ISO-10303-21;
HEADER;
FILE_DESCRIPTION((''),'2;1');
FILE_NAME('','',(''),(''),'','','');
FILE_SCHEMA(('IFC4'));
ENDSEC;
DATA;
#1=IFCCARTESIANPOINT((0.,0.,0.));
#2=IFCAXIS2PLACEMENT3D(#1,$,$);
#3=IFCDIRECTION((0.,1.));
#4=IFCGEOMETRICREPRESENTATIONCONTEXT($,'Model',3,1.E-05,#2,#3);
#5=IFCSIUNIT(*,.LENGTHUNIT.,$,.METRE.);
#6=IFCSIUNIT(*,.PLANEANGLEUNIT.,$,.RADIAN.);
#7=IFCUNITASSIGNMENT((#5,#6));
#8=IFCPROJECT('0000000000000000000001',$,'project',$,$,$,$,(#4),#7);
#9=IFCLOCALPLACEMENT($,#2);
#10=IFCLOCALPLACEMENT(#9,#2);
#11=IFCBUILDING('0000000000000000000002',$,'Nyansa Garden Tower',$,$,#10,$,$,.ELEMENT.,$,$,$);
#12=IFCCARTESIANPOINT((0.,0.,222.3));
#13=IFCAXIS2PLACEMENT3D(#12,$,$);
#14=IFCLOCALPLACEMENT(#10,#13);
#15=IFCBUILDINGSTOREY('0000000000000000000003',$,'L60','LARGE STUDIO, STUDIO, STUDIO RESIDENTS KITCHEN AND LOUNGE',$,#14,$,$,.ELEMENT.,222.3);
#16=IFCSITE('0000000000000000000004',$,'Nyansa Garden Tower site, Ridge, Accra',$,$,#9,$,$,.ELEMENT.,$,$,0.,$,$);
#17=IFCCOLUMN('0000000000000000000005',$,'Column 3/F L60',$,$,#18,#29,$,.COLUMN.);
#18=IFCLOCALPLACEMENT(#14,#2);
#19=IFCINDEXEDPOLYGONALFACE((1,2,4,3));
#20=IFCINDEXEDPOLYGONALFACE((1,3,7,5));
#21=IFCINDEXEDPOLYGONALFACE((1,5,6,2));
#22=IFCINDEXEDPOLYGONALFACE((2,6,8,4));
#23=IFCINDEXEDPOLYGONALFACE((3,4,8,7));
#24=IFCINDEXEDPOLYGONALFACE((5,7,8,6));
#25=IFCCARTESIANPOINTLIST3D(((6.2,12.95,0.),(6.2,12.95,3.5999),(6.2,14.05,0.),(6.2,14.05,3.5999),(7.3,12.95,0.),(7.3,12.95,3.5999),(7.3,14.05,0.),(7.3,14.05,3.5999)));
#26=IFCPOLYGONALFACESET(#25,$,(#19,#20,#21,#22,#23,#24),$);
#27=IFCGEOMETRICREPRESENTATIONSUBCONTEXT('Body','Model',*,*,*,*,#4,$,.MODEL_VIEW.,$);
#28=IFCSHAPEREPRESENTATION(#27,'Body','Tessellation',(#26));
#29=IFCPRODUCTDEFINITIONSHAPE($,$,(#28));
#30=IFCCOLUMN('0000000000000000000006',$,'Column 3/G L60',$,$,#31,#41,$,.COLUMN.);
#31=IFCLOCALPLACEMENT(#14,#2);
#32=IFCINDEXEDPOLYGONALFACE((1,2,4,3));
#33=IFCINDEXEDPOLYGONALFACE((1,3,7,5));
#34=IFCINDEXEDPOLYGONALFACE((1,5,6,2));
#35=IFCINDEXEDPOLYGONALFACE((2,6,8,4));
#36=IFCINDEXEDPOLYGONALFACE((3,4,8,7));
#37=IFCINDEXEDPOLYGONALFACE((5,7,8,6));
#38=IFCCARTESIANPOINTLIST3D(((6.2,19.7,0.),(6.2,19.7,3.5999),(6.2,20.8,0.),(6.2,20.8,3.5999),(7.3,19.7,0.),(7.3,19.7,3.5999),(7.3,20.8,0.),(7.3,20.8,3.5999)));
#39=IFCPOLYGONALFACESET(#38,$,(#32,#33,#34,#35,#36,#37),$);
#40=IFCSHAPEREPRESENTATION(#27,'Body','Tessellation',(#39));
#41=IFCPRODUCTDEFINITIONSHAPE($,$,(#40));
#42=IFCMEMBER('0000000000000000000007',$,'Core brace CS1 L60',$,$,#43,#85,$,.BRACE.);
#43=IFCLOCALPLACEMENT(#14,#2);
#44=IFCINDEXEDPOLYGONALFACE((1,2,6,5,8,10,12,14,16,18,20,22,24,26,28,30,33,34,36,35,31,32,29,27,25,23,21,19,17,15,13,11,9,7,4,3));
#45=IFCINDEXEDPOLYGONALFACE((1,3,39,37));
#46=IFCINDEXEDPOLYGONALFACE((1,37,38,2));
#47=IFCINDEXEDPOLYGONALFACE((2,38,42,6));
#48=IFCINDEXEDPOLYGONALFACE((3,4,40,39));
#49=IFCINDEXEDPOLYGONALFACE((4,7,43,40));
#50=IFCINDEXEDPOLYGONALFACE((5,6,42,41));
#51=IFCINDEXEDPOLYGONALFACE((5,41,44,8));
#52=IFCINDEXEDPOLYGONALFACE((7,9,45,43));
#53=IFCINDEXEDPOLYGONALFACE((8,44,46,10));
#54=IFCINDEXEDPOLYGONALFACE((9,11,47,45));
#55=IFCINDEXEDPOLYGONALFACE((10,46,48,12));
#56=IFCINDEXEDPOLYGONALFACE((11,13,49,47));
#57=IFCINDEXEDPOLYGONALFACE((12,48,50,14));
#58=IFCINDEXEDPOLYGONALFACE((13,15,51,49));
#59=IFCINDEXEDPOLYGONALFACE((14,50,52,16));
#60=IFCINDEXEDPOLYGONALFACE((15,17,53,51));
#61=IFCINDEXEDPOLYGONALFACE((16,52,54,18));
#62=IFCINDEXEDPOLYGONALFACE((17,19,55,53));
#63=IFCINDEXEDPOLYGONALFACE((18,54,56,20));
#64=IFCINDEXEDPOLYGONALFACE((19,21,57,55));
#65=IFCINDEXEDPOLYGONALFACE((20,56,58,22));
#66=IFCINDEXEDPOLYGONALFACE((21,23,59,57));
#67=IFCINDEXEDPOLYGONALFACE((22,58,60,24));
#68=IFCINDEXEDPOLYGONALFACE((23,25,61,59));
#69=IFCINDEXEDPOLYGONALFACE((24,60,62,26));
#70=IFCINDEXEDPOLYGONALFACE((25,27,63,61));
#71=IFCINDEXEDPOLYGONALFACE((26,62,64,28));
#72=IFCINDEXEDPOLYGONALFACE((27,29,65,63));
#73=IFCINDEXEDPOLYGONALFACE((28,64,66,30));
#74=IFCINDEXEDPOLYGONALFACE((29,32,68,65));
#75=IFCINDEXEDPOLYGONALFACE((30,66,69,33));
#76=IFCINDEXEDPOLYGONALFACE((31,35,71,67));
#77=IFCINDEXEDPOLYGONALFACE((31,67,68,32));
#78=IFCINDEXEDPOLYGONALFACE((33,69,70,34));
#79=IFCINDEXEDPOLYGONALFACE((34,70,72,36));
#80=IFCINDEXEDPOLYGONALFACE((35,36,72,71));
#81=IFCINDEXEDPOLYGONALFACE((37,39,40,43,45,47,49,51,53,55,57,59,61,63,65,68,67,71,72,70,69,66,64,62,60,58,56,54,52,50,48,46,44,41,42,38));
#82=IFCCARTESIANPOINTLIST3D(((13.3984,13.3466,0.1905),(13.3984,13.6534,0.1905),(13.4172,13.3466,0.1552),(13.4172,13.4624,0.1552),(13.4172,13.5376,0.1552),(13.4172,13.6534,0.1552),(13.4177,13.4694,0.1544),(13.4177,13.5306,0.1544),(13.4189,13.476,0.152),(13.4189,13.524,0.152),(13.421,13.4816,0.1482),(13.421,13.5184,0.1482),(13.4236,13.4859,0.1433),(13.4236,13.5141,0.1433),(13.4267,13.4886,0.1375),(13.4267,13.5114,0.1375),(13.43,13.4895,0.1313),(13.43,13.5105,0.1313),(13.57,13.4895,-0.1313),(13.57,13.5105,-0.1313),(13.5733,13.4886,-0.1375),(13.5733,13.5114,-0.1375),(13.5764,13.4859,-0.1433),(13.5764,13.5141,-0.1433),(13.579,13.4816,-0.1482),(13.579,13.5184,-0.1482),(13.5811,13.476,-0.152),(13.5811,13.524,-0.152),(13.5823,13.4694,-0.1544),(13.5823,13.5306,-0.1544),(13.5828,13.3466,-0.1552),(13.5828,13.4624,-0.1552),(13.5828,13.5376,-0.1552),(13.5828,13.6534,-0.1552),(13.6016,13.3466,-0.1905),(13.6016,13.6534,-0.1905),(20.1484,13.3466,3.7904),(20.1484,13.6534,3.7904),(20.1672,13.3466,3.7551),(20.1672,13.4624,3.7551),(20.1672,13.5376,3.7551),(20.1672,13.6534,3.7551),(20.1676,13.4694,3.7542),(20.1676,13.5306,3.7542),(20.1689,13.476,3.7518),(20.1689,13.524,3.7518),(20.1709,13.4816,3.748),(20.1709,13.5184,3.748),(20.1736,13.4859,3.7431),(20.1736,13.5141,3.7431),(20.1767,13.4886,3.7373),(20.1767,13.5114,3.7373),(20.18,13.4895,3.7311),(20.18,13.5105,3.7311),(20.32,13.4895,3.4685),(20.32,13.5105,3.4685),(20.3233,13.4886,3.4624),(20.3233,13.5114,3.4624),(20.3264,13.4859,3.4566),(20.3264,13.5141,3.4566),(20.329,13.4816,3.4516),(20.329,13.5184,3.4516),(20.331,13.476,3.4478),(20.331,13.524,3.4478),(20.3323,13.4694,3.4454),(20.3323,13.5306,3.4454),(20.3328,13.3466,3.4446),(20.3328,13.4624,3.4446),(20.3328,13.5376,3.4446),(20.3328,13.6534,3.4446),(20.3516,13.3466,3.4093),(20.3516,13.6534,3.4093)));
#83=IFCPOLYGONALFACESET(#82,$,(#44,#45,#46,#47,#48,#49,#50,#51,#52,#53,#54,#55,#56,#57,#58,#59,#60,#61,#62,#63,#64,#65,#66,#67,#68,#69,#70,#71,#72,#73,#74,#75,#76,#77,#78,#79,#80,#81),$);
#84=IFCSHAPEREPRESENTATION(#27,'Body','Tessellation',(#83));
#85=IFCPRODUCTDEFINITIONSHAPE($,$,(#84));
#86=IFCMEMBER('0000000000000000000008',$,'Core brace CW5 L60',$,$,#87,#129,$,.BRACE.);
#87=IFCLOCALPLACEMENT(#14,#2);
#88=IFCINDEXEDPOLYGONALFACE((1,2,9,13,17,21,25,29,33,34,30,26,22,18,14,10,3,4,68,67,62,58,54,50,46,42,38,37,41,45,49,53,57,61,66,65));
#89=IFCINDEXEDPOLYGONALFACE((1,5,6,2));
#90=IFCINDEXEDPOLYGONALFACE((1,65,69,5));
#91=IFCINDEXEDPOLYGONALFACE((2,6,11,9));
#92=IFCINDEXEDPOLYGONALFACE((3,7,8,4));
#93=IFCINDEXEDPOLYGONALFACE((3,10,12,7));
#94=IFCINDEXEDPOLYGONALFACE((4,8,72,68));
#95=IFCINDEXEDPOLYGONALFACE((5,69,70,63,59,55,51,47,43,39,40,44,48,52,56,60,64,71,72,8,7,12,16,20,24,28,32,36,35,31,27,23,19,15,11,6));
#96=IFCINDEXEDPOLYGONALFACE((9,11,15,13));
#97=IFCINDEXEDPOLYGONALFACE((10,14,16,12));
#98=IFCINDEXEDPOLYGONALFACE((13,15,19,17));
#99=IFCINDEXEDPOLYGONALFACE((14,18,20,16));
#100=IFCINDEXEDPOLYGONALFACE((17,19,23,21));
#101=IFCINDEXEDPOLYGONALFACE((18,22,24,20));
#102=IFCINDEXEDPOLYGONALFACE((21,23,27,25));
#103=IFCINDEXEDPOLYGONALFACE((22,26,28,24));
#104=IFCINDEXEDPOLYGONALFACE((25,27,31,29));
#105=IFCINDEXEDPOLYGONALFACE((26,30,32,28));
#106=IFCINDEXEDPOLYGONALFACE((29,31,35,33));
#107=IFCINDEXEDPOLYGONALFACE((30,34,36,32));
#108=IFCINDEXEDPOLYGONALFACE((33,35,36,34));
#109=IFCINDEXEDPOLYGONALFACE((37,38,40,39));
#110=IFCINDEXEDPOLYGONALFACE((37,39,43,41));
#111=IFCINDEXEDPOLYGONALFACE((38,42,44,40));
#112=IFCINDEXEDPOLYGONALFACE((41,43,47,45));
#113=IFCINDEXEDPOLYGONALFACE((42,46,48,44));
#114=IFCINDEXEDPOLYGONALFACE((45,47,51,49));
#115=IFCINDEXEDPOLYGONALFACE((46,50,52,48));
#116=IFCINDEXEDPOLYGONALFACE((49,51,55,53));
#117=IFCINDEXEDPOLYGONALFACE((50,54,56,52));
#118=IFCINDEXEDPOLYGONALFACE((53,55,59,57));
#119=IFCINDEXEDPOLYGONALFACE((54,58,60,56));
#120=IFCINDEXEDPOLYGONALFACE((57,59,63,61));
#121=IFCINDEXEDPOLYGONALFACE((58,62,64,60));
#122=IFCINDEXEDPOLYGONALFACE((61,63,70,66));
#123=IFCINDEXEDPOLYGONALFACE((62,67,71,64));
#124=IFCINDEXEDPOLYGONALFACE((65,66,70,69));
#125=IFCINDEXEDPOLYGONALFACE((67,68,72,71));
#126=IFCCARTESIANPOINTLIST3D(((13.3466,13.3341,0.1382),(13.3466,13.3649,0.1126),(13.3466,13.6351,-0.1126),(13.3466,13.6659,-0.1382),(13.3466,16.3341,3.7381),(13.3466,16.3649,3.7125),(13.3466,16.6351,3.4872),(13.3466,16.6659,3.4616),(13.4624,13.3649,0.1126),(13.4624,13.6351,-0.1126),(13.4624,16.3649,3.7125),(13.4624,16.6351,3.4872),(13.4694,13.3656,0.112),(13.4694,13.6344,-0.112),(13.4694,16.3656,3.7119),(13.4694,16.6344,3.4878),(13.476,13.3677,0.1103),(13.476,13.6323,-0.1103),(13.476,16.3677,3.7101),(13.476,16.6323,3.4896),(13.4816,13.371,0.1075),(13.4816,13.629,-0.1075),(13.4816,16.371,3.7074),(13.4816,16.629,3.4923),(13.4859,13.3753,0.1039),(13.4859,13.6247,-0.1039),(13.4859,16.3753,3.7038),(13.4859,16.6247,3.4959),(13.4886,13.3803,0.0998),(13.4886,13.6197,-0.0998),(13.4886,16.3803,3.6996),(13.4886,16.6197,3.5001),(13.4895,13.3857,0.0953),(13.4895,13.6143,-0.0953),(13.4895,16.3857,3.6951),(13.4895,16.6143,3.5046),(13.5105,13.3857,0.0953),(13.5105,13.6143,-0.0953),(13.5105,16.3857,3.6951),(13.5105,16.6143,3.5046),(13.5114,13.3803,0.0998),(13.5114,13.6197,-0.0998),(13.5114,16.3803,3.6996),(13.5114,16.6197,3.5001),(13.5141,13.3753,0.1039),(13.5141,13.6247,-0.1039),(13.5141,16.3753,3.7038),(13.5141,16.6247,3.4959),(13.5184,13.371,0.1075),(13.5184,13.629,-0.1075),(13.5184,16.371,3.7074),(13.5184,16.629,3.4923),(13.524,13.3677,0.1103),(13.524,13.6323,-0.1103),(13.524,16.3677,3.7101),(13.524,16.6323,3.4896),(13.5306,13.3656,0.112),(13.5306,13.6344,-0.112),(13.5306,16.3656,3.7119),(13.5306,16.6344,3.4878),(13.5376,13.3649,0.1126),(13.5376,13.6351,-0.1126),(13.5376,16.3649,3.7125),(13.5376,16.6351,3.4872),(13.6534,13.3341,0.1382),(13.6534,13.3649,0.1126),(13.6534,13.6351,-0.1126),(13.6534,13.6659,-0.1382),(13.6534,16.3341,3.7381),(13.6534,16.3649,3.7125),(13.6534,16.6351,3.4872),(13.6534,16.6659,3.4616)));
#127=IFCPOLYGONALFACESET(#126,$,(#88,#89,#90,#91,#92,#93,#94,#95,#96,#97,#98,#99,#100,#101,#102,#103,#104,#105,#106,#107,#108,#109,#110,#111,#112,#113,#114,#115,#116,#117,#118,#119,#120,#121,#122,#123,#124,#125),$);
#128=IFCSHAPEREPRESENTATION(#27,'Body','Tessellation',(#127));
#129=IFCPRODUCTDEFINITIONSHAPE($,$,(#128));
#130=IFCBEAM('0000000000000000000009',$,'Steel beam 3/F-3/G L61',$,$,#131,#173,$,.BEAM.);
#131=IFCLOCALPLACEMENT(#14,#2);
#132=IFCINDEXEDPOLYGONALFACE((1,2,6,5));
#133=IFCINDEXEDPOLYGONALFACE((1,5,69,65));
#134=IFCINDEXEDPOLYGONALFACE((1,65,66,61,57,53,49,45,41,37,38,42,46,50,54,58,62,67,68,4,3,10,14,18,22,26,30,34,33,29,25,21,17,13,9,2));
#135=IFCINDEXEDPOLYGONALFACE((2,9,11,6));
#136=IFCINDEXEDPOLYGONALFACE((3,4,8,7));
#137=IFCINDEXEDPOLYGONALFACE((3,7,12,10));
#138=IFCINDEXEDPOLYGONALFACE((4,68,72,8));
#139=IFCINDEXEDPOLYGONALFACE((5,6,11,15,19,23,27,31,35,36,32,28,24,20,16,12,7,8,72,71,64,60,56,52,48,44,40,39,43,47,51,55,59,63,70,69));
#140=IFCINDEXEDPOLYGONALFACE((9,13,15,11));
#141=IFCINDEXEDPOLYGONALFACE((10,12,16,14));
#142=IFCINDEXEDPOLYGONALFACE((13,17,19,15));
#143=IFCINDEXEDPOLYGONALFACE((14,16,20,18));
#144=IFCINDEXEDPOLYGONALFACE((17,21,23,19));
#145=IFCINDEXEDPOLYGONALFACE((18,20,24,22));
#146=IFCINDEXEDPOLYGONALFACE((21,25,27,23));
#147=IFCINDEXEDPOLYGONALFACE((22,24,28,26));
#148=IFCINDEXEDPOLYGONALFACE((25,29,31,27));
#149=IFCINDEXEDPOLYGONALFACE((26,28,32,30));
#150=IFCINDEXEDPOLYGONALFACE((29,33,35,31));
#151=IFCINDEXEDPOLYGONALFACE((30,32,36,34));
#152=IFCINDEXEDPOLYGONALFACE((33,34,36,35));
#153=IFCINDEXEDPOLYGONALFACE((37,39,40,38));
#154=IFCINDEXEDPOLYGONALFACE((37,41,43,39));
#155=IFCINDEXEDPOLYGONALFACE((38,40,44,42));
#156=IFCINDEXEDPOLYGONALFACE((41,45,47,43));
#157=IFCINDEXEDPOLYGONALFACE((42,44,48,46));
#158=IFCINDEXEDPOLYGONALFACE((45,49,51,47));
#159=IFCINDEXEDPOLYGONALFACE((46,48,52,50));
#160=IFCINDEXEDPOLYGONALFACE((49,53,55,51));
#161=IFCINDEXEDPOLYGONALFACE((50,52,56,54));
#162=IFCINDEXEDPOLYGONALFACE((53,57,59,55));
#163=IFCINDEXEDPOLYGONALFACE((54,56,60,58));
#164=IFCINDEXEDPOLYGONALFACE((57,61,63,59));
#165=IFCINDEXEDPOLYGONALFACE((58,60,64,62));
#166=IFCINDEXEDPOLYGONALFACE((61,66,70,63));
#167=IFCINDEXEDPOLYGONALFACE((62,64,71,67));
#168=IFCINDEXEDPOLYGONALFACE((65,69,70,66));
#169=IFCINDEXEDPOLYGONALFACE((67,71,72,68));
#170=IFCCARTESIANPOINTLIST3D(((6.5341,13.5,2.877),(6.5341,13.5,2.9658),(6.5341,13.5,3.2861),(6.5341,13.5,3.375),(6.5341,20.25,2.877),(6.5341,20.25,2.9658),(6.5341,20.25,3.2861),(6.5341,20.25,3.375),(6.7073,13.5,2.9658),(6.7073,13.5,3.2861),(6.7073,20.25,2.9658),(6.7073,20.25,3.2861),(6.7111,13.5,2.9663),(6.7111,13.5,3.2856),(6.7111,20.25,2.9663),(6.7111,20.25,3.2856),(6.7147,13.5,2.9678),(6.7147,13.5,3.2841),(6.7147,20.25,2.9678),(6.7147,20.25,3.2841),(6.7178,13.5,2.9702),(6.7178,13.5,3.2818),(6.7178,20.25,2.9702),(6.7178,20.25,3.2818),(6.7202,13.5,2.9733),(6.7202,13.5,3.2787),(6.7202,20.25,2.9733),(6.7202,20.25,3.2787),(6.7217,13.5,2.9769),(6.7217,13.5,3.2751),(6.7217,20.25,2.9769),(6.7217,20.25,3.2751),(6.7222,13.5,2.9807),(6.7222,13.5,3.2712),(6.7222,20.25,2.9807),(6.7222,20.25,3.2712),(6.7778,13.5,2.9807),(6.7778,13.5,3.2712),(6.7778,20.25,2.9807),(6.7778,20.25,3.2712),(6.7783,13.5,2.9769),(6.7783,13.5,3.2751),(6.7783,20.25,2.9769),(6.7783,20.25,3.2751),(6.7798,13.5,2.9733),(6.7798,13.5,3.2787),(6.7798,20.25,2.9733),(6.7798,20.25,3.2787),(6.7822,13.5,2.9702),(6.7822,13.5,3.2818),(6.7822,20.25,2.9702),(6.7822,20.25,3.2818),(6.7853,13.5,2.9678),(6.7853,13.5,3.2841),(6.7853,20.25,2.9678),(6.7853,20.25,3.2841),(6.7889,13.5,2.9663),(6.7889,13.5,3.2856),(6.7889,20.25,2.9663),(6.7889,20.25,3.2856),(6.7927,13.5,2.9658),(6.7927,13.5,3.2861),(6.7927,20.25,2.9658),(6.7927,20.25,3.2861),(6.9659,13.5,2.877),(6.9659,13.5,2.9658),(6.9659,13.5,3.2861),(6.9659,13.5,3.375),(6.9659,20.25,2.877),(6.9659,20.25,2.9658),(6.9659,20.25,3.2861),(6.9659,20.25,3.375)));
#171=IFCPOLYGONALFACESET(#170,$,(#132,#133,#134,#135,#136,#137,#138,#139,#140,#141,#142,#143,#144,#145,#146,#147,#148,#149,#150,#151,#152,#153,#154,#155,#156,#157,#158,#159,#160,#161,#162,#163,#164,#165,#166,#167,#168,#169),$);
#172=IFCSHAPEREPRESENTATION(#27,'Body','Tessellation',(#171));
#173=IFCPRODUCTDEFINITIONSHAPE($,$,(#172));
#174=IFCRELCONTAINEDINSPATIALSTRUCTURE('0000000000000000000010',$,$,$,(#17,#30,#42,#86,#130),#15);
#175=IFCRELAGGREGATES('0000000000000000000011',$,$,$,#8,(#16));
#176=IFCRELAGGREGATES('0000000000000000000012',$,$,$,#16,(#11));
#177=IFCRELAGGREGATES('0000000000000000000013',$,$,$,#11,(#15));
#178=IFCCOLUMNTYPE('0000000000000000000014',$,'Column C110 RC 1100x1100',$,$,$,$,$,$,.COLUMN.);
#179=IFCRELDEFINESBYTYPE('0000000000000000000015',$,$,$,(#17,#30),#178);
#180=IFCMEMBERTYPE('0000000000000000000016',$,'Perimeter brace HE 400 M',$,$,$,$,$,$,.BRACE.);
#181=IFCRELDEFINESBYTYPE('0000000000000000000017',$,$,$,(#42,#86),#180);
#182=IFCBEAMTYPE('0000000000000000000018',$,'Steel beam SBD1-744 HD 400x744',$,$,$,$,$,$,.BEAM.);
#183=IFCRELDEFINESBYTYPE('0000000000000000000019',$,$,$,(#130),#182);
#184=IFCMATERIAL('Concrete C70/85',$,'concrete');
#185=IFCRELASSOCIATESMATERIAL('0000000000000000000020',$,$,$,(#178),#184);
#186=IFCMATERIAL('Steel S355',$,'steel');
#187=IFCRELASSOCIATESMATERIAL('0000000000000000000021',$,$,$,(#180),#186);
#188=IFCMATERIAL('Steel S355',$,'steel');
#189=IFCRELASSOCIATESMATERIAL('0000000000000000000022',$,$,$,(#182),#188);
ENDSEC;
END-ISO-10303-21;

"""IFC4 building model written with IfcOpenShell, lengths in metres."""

from ifc_helpers import new_model, si_unit, direction, frame, origin, origin_2d, place, context, subcontext, project, spatial, rectangle, i_section, extrude, material, material_profile, profile_set, type_object, element, save


model = new_model("IFC4")

# Units and contexts
model_context = context("Model", 3, precision=1e-05, world=origin(), true_north=direction((0.0, 1.0)))
body_context = subcontext(model_context, "Body", "Model", "MODEL_VIEW")
ifc_project = project(units=[si_unit("LENGTHUNIT", "METRE"), si_unit("PLANEANGLEUNIT", "RADIAN")], contexts=[model_context])

# Site, building, storey
site_placement = place(None, origin())
site = spatial("IfcSite", under=ifc_project, at=site_placement, Name="Nyansa Garden Tower site, Ridge, Accra", CompositionType="ELEMENT", RefElevation=0.0)
building_placement = place(site_placement, origin())
building = spatial("IfcBuilding", under=site, at=building_placement, Name="Nyansa Garden Tower", CompositionType="ELEMENT")
storey_placement = place(building_placement, frame((0.0, 0.0, 222.3)))
storey = spatial("IfcBuildingStorey", under=building, at=storey_placement, Name="L60", Description="LARGE STUDIO, STUDIO, STUDIO RESIDENTS KITCHEN AND LOUNGE", CompositionType="ELEMENT", Elevation=222.3)

# Columns
ifc_material_1 = material(Name="Concrete C70/85", Category="concrete")
ifc_material_profile_1 = material_profile(ifc_material_1, rectangle(XDim=1.1001, YDim=1.1001, at=origin_2d()), Name="RC 1100x1100")
ifc_profile_set_1 = profile_set([ifc_material_profile_1], Name="Concrete C70/85")
column_type = type_object("IfcColumnType", Name="Column C110 RC 1100x1100", PredefinedType="COLUMN", material=ifc_profile_set_1)
for number, where, z_axis, x_axis, name in (
    (1, (6.75, 13.5, 0.0), (0.0, 0.0, 1.0), (1.0, 0.0, 0.0), "Column 3/F L60"),
    (2, (6.75, 20.25, 0.0), (0.0, 0.0, 1.0), (1.0, 0.0, 0.0), "Column 3/G L60"),
):
    element("IfcColumn", number, at=place(storey_placement, frame(where, z_axis=z_axis, x_axis=x_axis)), inside=storey, type_object=column_type, Name=name, PredefinedType="COLUMN", context=body_context, shape_type="SweptSolid", body=[
        extrude(rectangle(XDim=1.1001, YDim=1.1001, at=origin_2d()), origin(), (0.0, 0.0, 1.0), 3.5999),
    ])

# Members
ifc_material_2 = material(Name="Steel S355", Category="steel")
ifc_material_profile_2 = material_profile(ifc_material_2, i_section(OverallWidth=0.3069, OverallDepth=0.4319, WebThickness=0.021, FlangeThickness=0.04, FilletRadius=0.0271, at=origin_2d()), Name="HE 400 M")
ifc_profile_set_2 = profile_set([ifc_material_profile_2], Name="Steel S355")
member_type = type_object("IfcMemberType", Name="Perimeter brace HE 400 M", PredefinedType="BRACE", material=ifc_profile_set_2)
member_1_placement = place(storey_placement, frame((13.5, 13.5, 0.0), z_axis=(0.882361, 0.0, 0.470573), x_axis=(0.0, 1.0, 0.0)))
element("IfcMember", 3, at=member_1_placement, inside=storey, type_object=member_type, Name="Core brace CS1 L60", PredefinedType="BRACE", context=body_context, shape_type="SweptSolid", body=[
    extrude(i_section(OverallWidth=0.3069, OverallDepth=0.4319, WebThickness=0.021, FlangeThickness=0.04, FilletRadius=0.0271, at=origin_2d()), origin(), (0.0, 0.0, 1.0), 7.6499),
])
member_2_placement = place(storey_placement, frame((13.5, 13.5, 0.0), z_axis=(0.0, 0.6402, 0.768208), x_axis=(-1.0, 0.0, 0.0)))
element("IfcMember", 4, at=member_2_placement, inside=storey, type_object=member_type, Name="Core brace CW5 L60", PredefinedType="BRACE", context=body_context, shape_type="SweptSolid", body=[
    extrude(i_section(OverallWidth=0.3069, OverallDepth=0.4319, WebThickness=0.021, FlangeThickness=0.04, FilletRadius=0.0271, at=origin_2d()), origin(), (0.0, 0.0, 1.0), 4.686),
])

# Beam
ifc_material_3 = material(Name="Steel S355", Category="steel")
ifc_material_profile_3 = material_profile(ifc_material_3, i_section(OverallWidth=0.4319, OverallDepth=0.498, WebThickness=0.0557, FlangeThickness=0.0889, FilletRadius=0.0149, at=origin_2d()), Name="HD 400x744")
ifc_profile_set_3 = profile_set([ifc_material_profile_3], Name="Steel S355")
beam_type_1 = type_object("IfcBeamType", Name="Steel beam SBD1-744 HD 400x744", PredefinedType="BEAM", material=ifc_profile_set_3)
beam_1_placement = place(storey_placement, frame((6.75, 13.5, 3.126), z_axis=(0.0, 1.0, 0.0), x_axis=(-1.0, 0.0, 0.0)))
element("IfcBeam", 5, at=beam_1_placement, inside=storey, type_object=beam_type_1, Name="Steel beam 3/F-3/G L61", PredefinedType="BEAM", context=body_context, shape_type="SweptSolid", body=[
    extrude(i_section(OverallWidth=0.4319, OverallDepth=0.498, WebThickness=0.0557, FlangeThickness=0.0889, FilletRadius=0.0149, at=origin_2d()), origin(), (0.0, 0.0, 1.0), 6.75),
])

save(model, "model.ifc")
